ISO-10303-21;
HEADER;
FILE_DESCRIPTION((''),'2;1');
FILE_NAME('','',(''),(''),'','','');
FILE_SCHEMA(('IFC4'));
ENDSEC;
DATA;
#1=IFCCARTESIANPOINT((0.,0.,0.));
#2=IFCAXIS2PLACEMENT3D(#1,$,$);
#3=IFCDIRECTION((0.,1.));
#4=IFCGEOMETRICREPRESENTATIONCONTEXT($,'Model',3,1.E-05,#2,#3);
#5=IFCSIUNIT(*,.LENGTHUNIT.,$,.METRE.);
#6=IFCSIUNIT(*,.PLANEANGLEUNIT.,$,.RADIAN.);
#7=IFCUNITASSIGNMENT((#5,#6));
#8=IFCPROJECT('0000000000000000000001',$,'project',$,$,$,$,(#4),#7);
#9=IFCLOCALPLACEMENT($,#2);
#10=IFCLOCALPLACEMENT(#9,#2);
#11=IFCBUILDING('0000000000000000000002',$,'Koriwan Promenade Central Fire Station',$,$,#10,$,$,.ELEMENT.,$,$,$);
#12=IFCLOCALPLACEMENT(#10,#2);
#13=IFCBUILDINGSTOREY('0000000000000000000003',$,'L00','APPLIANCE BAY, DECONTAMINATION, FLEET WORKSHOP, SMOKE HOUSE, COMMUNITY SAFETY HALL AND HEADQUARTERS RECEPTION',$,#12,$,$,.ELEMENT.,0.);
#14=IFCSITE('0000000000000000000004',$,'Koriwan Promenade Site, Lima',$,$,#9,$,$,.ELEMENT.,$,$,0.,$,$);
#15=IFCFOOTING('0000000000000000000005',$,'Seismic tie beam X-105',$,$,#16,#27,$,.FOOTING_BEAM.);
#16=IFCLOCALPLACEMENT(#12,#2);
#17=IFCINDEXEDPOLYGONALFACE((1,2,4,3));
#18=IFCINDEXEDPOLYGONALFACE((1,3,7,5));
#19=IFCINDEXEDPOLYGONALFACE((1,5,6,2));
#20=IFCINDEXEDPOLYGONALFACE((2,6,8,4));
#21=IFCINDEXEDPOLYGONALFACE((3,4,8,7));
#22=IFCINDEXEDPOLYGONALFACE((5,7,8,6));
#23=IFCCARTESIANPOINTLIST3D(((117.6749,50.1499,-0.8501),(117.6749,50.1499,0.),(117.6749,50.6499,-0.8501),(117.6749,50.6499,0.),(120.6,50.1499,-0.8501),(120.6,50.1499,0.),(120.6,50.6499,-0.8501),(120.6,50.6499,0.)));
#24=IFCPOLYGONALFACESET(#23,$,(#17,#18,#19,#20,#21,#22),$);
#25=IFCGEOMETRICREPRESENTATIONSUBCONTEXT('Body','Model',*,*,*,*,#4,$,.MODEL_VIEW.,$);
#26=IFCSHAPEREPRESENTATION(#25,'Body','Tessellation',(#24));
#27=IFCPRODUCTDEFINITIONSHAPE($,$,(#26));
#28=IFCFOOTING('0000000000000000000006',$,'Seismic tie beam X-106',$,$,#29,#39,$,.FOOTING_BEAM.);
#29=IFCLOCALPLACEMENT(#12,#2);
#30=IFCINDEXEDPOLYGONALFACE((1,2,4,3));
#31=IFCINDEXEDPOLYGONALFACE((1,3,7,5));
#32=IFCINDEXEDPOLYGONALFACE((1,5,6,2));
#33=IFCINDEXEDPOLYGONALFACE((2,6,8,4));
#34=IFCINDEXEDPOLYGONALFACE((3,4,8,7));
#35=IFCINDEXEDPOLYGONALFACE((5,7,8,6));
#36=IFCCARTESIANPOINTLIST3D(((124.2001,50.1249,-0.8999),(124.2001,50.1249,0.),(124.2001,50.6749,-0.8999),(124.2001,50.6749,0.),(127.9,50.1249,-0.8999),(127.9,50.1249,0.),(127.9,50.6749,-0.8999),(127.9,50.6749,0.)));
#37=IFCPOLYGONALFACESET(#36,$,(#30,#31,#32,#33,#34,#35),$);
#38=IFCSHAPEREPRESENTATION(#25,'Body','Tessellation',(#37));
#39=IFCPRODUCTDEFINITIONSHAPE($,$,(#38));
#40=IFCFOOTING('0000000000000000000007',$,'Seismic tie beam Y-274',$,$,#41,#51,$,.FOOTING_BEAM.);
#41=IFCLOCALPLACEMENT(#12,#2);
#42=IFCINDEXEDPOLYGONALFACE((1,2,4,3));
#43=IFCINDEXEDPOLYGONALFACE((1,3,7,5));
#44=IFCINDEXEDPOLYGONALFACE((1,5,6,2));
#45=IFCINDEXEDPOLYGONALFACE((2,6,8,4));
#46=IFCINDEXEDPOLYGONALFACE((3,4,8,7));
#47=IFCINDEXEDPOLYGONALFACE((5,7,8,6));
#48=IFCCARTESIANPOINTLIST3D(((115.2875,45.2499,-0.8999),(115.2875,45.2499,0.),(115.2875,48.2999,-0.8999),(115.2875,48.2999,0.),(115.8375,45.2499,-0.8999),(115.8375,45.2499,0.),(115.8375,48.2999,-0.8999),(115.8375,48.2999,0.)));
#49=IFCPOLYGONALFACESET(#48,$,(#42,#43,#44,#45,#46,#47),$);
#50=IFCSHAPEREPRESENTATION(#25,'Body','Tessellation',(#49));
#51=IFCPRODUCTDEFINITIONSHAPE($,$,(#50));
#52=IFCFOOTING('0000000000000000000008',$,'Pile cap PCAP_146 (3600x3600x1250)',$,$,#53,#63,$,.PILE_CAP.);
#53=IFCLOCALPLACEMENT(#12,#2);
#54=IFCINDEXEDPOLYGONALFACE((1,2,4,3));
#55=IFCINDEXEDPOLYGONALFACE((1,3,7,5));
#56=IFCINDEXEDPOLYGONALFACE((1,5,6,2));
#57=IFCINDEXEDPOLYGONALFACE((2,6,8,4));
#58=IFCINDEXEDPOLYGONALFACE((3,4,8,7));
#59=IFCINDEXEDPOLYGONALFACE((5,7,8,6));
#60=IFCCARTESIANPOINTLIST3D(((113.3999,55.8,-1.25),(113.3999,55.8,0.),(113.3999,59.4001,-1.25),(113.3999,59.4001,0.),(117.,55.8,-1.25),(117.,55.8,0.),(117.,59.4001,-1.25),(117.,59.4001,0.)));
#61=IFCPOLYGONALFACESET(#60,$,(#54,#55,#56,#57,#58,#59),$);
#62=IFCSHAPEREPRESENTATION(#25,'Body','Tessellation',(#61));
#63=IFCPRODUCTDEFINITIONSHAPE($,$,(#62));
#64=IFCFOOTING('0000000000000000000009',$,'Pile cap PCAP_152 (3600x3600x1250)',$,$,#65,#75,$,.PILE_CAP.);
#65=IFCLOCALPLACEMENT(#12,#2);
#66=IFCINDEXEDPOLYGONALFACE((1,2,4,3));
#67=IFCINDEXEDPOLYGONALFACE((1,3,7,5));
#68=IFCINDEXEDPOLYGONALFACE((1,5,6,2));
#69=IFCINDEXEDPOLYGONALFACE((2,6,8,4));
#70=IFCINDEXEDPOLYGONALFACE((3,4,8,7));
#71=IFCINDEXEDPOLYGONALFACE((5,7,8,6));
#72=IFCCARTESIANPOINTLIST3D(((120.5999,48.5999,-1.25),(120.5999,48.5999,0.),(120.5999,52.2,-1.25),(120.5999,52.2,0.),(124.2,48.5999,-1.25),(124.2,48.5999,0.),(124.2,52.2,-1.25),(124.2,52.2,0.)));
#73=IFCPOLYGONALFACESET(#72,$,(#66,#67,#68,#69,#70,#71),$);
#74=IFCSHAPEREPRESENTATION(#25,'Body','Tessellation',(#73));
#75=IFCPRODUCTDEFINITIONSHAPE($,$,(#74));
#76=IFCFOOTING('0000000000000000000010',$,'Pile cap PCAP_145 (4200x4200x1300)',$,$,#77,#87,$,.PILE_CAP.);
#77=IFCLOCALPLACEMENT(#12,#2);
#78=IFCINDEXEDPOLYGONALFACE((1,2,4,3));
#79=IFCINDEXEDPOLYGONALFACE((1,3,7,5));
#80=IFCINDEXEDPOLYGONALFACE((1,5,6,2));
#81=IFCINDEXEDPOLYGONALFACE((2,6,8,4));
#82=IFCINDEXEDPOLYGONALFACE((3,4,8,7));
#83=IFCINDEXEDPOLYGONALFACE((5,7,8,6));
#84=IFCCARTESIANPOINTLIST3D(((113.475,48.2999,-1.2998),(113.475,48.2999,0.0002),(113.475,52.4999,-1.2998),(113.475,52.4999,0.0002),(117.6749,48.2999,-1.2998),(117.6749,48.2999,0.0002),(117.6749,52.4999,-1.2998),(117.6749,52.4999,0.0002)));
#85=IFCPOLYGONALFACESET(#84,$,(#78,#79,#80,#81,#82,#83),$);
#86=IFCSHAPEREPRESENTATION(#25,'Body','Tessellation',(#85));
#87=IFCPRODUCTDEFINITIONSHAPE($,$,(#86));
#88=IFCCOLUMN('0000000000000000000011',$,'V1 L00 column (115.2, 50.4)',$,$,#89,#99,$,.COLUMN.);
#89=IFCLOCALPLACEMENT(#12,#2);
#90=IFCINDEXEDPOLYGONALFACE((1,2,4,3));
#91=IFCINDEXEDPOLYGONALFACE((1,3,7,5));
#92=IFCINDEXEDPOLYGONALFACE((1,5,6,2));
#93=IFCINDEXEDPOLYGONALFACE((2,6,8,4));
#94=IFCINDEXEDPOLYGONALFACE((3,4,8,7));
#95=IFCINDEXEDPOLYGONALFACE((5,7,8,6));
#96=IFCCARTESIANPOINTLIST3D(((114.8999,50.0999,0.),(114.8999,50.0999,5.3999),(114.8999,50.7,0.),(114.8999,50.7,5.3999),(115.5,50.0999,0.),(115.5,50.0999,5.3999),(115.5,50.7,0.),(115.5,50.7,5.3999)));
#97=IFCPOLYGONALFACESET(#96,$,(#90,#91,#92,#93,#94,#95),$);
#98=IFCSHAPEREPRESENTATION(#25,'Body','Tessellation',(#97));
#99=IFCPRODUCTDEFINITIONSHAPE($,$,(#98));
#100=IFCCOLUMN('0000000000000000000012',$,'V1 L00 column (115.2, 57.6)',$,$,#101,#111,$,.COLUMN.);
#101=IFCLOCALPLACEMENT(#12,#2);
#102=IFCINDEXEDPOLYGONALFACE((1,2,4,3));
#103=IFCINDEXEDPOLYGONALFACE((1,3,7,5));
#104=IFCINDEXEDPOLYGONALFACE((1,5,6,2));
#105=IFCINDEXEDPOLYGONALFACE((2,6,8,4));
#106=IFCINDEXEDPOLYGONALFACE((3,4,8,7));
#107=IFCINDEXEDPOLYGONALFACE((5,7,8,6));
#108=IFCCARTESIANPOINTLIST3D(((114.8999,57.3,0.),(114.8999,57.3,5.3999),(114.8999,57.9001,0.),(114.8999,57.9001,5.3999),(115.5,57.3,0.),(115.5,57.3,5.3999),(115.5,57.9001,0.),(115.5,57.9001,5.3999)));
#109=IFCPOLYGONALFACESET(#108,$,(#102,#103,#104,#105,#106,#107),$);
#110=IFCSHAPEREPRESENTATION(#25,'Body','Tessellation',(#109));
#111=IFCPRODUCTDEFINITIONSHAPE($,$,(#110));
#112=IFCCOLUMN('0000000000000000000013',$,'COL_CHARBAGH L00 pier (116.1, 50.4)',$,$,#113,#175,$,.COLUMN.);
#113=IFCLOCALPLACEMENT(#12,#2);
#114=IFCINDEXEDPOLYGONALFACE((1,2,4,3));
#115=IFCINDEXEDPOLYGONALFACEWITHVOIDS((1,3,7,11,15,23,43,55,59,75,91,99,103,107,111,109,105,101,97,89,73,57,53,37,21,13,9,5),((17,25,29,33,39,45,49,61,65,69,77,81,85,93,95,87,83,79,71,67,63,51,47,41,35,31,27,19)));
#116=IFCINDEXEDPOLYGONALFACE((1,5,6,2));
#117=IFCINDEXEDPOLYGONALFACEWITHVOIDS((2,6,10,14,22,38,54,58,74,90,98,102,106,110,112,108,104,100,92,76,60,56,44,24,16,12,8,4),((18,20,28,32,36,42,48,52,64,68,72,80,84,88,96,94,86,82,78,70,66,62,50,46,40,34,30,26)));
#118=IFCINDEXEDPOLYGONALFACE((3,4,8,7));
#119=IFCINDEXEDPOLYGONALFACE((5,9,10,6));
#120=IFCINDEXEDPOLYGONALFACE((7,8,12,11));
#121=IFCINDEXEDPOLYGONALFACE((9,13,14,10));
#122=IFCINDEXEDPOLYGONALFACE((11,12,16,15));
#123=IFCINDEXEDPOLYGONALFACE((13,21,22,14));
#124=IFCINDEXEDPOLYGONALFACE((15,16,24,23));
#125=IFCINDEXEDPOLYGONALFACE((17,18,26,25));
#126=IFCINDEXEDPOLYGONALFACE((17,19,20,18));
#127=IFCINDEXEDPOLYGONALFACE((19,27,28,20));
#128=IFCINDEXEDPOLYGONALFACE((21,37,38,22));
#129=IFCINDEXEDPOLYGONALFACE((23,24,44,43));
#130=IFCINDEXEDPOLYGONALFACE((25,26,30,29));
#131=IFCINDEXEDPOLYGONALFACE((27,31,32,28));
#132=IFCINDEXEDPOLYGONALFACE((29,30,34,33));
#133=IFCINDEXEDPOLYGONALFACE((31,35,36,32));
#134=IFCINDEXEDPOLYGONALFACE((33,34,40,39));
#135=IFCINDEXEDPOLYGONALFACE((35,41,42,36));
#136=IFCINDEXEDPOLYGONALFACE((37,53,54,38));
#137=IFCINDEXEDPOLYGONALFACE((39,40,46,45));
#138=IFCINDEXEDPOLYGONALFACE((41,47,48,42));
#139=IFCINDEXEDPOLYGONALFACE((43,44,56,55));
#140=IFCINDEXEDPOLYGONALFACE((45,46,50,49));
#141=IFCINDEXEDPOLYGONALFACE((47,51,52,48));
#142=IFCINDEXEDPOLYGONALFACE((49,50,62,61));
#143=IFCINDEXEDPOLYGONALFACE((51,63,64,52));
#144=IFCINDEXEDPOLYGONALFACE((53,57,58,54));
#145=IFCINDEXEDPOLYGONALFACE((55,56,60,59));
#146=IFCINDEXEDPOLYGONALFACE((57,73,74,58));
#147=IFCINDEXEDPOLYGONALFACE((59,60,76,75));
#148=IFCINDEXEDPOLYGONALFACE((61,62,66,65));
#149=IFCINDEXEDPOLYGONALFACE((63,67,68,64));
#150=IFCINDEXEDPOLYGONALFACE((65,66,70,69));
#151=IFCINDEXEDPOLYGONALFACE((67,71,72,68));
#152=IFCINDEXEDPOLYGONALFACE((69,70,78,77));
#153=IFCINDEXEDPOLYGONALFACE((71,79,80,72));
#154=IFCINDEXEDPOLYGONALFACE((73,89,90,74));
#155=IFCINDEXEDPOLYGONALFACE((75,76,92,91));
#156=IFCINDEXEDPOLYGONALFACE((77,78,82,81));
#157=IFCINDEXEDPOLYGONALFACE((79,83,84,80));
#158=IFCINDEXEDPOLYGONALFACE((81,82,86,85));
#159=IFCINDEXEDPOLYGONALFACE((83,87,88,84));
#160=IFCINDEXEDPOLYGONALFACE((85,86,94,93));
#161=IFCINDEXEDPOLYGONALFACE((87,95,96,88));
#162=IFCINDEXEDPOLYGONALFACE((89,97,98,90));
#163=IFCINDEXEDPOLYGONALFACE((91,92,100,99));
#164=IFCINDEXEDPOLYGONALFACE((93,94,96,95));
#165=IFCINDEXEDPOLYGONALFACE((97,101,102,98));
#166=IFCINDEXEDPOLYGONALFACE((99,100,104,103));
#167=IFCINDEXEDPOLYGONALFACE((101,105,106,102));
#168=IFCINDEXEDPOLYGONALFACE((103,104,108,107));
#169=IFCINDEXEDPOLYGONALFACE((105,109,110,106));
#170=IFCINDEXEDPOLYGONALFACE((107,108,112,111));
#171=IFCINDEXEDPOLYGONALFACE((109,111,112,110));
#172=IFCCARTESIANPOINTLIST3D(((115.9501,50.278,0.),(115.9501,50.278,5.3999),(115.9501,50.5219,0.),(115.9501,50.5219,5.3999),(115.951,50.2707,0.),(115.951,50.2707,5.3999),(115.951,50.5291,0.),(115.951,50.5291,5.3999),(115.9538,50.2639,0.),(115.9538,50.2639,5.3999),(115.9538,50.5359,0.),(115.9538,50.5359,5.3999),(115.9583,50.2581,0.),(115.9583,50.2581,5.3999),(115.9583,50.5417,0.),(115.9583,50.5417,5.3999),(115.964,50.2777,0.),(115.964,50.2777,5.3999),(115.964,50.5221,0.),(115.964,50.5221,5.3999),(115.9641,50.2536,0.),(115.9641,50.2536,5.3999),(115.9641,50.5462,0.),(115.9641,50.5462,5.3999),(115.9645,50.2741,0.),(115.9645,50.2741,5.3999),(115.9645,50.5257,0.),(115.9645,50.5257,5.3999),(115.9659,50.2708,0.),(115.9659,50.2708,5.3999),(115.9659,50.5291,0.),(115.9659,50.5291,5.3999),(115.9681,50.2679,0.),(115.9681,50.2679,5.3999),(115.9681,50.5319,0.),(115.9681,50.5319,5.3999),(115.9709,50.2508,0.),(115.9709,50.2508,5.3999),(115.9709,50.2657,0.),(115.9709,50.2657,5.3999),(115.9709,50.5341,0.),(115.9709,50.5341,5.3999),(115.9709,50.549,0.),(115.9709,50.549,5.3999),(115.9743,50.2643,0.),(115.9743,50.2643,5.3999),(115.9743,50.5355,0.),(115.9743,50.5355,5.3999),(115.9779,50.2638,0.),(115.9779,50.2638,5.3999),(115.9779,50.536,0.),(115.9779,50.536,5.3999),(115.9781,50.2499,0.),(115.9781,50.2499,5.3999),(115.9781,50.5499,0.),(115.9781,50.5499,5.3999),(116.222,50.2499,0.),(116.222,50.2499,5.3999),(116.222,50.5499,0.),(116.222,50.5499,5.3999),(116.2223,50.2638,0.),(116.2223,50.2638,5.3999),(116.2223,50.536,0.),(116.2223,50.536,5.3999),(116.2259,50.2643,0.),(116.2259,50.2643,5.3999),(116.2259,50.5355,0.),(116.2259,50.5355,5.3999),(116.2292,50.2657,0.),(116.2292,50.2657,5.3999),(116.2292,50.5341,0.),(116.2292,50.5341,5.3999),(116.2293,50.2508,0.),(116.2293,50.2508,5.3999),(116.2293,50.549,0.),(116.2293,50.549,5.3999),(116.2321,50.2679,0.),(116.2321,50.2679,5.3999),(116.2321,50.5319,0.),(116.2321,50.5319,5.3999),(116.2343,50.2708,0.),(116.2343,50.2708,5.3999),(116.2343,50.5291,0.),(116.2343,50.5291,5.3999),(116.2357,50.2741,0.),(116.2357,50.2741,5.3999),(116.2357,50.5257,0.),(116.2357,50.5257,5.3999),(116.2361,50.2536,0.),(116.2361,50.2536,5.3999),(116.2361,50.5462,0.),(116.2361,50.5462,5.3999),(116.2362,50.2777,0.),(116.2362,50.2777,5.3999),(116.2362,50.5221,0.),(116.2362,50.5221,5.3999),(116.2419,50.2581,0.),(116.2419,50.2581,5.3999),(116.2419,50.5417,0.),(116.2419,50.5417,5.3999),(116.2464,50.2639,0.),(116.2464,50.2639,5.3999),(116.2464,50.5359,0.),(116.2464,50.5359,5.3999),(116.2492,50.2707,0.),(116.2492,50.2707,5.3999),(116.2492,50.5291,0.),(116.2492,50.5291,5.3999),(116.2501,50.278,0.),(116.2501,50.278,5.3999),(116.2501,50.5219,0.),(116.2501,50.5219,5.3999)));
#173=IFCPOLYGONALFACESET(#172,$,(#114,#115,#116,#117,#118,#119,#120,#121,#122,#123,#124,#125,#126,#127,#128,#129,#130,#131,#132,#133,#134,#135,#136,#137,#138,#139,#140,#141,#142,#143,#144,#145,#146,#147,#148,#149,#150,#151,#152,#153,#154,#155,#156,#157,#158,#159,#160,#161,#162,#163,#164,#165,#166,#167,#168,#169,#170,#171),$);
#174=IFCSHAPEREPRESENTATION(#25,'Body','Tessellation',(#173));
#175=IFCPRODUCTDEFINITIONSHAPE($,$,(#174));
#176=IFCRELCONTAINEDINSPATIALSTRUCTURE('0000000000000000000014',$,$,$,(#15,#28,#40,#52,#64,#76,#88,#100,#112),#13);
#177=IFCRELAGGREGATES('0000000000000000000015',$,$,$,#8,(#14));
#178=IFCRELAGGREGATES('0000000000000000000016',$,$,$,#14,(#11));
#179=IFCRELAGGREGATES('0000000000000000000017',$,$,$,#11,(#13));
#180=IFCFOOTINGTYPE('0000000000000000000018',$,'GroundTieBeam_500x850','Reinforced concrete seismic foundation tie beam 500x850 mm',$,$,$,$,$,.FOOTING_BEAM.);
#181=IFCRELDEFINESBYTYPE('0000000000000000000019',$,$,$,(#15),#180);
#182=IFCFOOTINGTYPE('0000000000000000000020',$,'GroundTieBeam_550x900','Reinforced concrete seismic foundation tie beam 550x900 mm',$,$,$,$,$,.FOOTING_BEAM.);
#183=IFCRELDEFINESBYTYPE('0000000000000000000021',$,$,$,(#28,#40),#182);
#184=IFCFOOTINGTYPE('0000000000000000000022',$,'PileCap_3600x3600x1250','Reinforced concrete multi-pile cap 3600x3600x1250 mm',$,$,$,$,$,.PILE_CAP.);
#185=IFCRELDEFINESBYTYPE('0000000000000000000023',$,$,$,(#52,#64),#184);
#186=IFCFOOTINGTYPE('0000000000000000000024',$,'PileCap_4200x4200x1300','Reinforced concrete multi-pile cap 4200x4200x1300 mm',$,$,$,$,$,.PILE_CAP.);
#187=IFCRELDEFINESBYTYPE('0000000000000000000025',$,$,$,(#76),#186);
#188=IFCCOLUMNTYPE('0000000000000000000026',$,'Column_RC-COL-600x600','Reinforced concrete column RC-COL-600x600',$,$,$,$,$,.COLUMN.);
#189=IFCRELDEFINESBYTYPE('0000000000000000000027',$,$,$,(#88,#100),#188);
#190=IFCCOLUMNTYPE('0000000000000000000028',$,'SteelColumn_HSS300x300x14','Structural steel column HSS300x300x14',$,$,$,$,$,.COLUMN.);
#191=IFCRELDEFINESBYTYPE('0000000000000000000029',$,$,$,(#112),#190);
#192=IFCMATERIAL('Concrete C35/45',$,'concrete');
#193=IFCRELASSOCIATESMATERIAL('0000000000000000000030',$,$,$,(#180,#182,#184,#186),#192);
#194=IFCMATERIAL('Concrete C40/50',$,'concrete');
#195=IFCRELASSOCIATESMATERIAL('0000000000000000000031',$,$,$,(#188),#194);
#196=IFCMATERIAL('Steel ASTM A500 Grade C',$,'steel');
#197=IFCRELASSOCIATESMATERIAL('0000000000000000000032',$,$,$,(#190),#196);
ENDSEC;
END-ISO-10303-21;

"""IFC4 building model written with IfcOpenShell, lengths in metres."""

from ifc_helpers import new_model, si_unit, direction, frame, origin, origin_2d, place, context, subcontext, project, spatial, rectangle, hollow_rectangle, extrude, material, material_profile, profile_set, type_object, element, save


model = new_model("IFC4")

# Units and contexts
model_context = context("Model", 3, precision=1e-05, world=origin(), true_north=direction((0.0, 1.0)))
body_context = subcontext(model_context, "Body", "Model", "MODEL_VIEW")
ifc_project = project(units=[si_unit("LENGTHUNIT", "METRE"), si_unit("PLANEANGLEUNIT", "RADIAN")], contexts=[model_context])

# Site, building, storey
site_placement = place(None, origin())
site = spatial("IfcSite", under=ifc_project, at=site_placement, Name="Koriwan Promenade Site, Lima", CompositionType="ELEMENT", RefElevation=0.0)
building_placement = place(site_placement, origin())
building = spatial("IfcBuilding", under=site, at=building_placement, Name="Koriwan Promenade Central Fire Station", CompositionType="ELEMENT")
storey_placement = place(building_placement, origin())
storey = spatial("IfcBuildingStorey", under=building, at=storey_placement, Name="L00", Description="APPLIANCE BAY, DECONTAMINATION, FLEET WORKSHOP, SMOKE HOUSE, COMMUNITY SAFETY HALL AND HEADQUARTERS RECEPTION", CompositionType="ELEMENT", Elevation=0.0)

# Shared definitions
ifc_material_1 = material(Name="Concrete C35/45", Category="concrete")

# Footings
footing_type_1 = type_object("IfcFootingType", Name="GroundTieBeam_500x850", Description="Reinforced concrete seismic foundation tie beam 500x850 mm", PredefinedType="FOOTING_BEAM", material=ifc_material_1)
footing_1_placement = place(storey_placement, frame((119.1375, 50.3999, -0.8501), z_axis=(0.0, 0.0, 1.0), x_axis=(1.0, 0.0, 0.0)))
element("IfcFooting", 1, at=footing_1_placement, inside=storey, type_object=footing_type_1, Name="Seismic tie beam X-105", PredefinedType="FOOTING_BEAM", context=body_context, shape_type="SweptSolid", body=[
    extrude(rectangle(XDim=2.925, YDim=0.5, at=origin_2d()), origin(), (0.0, 0.0, 1.0), 0.8501),
])
footing_type_2 = type_object("IfcFootingType", Name="GroundTieBeam_550x900", Description="Reinforced concrete seismic foundation tie beam 550x900 mm", PredefinedType="FOOTING_BEAM", material=ifc_material_1)
footing_2_placement = place(storey_placement, frame((126.05, 50.3999, -0.8999), z_axis=(0.0, 0.0, 1.0), x_axis=(1.0, 0.0, 0.0)))
element("IfcFooting", 2, at=footing_2_placement, inside=storey, type_object=footing_type_2, Name="Seismic tie beam X-106", PredefinedType="FOOTING_BEAM", context=body_context, shape_type="SweptSolid", body=[
    extrude(rectangle(XDim=3.7, YDim=0.55, at=origin_2d()), origin(), (0.0, 0.0, 1.0), 0.8999),
])
footing_3_placement = place(storey_placement, frame((115.5625, 46.7749, -0.8999), z_axis=(0.0, 0.0, 1.0), x_axis=(0.0, 1.0, 0.0)))
element("IfcFooting", 3, at=footing_3_placement, inside=storey, type_object=footing_type_2, Name="Seismic tie beam Y-274", PredefinedType="FOOTING_BEAM", context=body_context, shape_type="SweptSolid", body=[
    extrude(rectangle(XDim=3.05, YDim=0.55, at=origin_2d()), origin(), (0.0, 0.0, 1.0), 0.8999),
])
footing_type_3 = type_object("IfcFootingType", Name="PileCap_3600x3600x1250", Description="Reinforced concrete multi-pile cap 3600x3600x1250 mm", PredefinedType="PILE_CAP", material=ifc_material_1)
for number, where, z_axis, x_axis, name in (
    (4, (115.2, 57.6001, -1.25), (0.0, 0.0, 1.0), (1.0, 0.0, 0.0), "Pile cap PCAP_146 (3600x3600x1250)"),
    (5, (122.3999, 50.3999, -1.25), (0.0, 0.0, 1.0), (1.0, 0.0, 0.0), "Pile cap PCAP_152 (3600x3600x1250)"),
):
    element("IfcFooting", number, at=place(storey_placement, frame(where, z_axis=z_axis, x_axis=x_axis)), inside=storey, type_object=footing_type_3, Name=name, PredefinedType="PILE_CAP", context=body_context, shape_type="SweptSolid", body=[
        extrude(rectangle(XDim=3.6001, YDim=3.6001, at=origin_2d()), origin(), (0.0, 0.0, 1.0), 1.25),
    ])
footing_type_4 = type_object("IfcFootingType", Name="PileCap_4200x4200x1300", Description="Reinforced concrete multi-pile cap 4200x4200x1300 mm", PredefinedType="PILE_CAP", material=ifc_material_1)
footing_4_placement = place(storey_placement, frame((115.575, 50.3999, -1.2998), z_axis=(0.0, 0.0, 1.0), x_axis=(1.0, 0.0, 0.0)))
element("IfcFooting", 6, at=footing_4_placement, inside=storey, type_object=footing_type_4, Name="Pile cap PCAP_145 (4200x4200x1300)", PredefinedType="PILE_CAP", context=body_context, shape_type="SweptSolid", body=[
    extrude(rectangle(XDim=4.2, YDim=4.2, at=origin_2d()), origin(), (0.0, 0.0, 1.0), 1.3),
])

# Columns
ifc_material_2 = material(Name="Concrete C40/50", Category="concrete")
ifc_material_profile_1 = material_profile(ifc_material_2, rectangle(XDim=0.6001, YDim=0.6001, at=origin_2d()), Name="RC-COL-600x600")
ifc_profile_set_1 = profile_set([ifc_material_profile_1], Name="Concrete C40/50")
column_type_1 = type_object("IfcColumnType", Name="Column_RC-COL-600x600", Description="Reinforced concrete column RC-COL-600x600", PredefinedType="COLUMN", material=ifc_profile_set_1)
for number, where, z_axis, x_axis, name in (
    (7, (115.2, 50.3999, 0.0), (0.0, 0.0, 1.0), (1.0, 0.0, 0.0), "V1 L00 column (115.2, 50.4)"),
    (8, (115.2, 57.6001, 0.0), (0.0, 0.0, 1.0), (1.0, 0.0, 0.0), "V1 L00 column (115.2, 57.6)"),
):
    element("IfcColumn", number, at=place(storey_placement, frame(where, z_axis=z_axis, x_axis=x_axis)), inside=storey, type_object=column_type_1, Name=name, PredefinedType="COLUMN", context=body_context, shape_type="SweptSolid", body=[
        extrude(rectangle(XDim=0.6001, YDim=0.6001, at=origin_2d()), origin(), (0.0, 0.0, 1.0), 5.3999),
    ])
ifc_material_3 = material(Name="Steel ASTM A500 Grade C", Category="steel")
ifc_material_profile_2 = material_profile(ifc_material_3, hollow_rectangle(XDim=0.3, YDim=0.3, WallThickness=0.0139, InnerFilletRadius=0.0139, OuterFilletRadius=0.0281, at=origin_2d()), Name="HSS300x300x14")
ifc_profile_set_2 = profile_set([ifc_material_profile_2], Name="Steel ASTM A500 Grade C")
column_type_2 = type_object("IfcColumnType", Name="SteelColumn_HSS300x300x14", Description="Structural steel column HSS300x300x14", PredefinedType="COLUMN", material=ifc_profile_set_2)
for number, where, z_axis, x_axis, name in (
    (9, (116.1001, 50.3999, 0.0), (0.0, 0.0, 1.0), (1.0, 0.0, 0.0), "COL_CHARBAGH L00 pier (116.1, 50.4)"),
):
    element("IfcColumn", number, at=place(storey_placement, frame(where, z_axis=z_axis, x_axis=x_axis)), inside=storey, type_object=column_type_2, Name=name, PredefinedType="COLUMN", context=body_context, shape_type="SweptSolid", body=[
        extrude(hollow_rectangle(XDim=0.3, YDim=0.3, WallThickness=0.0139, InnerFilletRadius=0.0139, OuterFilletRadius=0.0281, at=origin_2d()), origin(), (0.0, 0.0, 1.0), 5.3999),
    ])

save(model, "model.ifc")
